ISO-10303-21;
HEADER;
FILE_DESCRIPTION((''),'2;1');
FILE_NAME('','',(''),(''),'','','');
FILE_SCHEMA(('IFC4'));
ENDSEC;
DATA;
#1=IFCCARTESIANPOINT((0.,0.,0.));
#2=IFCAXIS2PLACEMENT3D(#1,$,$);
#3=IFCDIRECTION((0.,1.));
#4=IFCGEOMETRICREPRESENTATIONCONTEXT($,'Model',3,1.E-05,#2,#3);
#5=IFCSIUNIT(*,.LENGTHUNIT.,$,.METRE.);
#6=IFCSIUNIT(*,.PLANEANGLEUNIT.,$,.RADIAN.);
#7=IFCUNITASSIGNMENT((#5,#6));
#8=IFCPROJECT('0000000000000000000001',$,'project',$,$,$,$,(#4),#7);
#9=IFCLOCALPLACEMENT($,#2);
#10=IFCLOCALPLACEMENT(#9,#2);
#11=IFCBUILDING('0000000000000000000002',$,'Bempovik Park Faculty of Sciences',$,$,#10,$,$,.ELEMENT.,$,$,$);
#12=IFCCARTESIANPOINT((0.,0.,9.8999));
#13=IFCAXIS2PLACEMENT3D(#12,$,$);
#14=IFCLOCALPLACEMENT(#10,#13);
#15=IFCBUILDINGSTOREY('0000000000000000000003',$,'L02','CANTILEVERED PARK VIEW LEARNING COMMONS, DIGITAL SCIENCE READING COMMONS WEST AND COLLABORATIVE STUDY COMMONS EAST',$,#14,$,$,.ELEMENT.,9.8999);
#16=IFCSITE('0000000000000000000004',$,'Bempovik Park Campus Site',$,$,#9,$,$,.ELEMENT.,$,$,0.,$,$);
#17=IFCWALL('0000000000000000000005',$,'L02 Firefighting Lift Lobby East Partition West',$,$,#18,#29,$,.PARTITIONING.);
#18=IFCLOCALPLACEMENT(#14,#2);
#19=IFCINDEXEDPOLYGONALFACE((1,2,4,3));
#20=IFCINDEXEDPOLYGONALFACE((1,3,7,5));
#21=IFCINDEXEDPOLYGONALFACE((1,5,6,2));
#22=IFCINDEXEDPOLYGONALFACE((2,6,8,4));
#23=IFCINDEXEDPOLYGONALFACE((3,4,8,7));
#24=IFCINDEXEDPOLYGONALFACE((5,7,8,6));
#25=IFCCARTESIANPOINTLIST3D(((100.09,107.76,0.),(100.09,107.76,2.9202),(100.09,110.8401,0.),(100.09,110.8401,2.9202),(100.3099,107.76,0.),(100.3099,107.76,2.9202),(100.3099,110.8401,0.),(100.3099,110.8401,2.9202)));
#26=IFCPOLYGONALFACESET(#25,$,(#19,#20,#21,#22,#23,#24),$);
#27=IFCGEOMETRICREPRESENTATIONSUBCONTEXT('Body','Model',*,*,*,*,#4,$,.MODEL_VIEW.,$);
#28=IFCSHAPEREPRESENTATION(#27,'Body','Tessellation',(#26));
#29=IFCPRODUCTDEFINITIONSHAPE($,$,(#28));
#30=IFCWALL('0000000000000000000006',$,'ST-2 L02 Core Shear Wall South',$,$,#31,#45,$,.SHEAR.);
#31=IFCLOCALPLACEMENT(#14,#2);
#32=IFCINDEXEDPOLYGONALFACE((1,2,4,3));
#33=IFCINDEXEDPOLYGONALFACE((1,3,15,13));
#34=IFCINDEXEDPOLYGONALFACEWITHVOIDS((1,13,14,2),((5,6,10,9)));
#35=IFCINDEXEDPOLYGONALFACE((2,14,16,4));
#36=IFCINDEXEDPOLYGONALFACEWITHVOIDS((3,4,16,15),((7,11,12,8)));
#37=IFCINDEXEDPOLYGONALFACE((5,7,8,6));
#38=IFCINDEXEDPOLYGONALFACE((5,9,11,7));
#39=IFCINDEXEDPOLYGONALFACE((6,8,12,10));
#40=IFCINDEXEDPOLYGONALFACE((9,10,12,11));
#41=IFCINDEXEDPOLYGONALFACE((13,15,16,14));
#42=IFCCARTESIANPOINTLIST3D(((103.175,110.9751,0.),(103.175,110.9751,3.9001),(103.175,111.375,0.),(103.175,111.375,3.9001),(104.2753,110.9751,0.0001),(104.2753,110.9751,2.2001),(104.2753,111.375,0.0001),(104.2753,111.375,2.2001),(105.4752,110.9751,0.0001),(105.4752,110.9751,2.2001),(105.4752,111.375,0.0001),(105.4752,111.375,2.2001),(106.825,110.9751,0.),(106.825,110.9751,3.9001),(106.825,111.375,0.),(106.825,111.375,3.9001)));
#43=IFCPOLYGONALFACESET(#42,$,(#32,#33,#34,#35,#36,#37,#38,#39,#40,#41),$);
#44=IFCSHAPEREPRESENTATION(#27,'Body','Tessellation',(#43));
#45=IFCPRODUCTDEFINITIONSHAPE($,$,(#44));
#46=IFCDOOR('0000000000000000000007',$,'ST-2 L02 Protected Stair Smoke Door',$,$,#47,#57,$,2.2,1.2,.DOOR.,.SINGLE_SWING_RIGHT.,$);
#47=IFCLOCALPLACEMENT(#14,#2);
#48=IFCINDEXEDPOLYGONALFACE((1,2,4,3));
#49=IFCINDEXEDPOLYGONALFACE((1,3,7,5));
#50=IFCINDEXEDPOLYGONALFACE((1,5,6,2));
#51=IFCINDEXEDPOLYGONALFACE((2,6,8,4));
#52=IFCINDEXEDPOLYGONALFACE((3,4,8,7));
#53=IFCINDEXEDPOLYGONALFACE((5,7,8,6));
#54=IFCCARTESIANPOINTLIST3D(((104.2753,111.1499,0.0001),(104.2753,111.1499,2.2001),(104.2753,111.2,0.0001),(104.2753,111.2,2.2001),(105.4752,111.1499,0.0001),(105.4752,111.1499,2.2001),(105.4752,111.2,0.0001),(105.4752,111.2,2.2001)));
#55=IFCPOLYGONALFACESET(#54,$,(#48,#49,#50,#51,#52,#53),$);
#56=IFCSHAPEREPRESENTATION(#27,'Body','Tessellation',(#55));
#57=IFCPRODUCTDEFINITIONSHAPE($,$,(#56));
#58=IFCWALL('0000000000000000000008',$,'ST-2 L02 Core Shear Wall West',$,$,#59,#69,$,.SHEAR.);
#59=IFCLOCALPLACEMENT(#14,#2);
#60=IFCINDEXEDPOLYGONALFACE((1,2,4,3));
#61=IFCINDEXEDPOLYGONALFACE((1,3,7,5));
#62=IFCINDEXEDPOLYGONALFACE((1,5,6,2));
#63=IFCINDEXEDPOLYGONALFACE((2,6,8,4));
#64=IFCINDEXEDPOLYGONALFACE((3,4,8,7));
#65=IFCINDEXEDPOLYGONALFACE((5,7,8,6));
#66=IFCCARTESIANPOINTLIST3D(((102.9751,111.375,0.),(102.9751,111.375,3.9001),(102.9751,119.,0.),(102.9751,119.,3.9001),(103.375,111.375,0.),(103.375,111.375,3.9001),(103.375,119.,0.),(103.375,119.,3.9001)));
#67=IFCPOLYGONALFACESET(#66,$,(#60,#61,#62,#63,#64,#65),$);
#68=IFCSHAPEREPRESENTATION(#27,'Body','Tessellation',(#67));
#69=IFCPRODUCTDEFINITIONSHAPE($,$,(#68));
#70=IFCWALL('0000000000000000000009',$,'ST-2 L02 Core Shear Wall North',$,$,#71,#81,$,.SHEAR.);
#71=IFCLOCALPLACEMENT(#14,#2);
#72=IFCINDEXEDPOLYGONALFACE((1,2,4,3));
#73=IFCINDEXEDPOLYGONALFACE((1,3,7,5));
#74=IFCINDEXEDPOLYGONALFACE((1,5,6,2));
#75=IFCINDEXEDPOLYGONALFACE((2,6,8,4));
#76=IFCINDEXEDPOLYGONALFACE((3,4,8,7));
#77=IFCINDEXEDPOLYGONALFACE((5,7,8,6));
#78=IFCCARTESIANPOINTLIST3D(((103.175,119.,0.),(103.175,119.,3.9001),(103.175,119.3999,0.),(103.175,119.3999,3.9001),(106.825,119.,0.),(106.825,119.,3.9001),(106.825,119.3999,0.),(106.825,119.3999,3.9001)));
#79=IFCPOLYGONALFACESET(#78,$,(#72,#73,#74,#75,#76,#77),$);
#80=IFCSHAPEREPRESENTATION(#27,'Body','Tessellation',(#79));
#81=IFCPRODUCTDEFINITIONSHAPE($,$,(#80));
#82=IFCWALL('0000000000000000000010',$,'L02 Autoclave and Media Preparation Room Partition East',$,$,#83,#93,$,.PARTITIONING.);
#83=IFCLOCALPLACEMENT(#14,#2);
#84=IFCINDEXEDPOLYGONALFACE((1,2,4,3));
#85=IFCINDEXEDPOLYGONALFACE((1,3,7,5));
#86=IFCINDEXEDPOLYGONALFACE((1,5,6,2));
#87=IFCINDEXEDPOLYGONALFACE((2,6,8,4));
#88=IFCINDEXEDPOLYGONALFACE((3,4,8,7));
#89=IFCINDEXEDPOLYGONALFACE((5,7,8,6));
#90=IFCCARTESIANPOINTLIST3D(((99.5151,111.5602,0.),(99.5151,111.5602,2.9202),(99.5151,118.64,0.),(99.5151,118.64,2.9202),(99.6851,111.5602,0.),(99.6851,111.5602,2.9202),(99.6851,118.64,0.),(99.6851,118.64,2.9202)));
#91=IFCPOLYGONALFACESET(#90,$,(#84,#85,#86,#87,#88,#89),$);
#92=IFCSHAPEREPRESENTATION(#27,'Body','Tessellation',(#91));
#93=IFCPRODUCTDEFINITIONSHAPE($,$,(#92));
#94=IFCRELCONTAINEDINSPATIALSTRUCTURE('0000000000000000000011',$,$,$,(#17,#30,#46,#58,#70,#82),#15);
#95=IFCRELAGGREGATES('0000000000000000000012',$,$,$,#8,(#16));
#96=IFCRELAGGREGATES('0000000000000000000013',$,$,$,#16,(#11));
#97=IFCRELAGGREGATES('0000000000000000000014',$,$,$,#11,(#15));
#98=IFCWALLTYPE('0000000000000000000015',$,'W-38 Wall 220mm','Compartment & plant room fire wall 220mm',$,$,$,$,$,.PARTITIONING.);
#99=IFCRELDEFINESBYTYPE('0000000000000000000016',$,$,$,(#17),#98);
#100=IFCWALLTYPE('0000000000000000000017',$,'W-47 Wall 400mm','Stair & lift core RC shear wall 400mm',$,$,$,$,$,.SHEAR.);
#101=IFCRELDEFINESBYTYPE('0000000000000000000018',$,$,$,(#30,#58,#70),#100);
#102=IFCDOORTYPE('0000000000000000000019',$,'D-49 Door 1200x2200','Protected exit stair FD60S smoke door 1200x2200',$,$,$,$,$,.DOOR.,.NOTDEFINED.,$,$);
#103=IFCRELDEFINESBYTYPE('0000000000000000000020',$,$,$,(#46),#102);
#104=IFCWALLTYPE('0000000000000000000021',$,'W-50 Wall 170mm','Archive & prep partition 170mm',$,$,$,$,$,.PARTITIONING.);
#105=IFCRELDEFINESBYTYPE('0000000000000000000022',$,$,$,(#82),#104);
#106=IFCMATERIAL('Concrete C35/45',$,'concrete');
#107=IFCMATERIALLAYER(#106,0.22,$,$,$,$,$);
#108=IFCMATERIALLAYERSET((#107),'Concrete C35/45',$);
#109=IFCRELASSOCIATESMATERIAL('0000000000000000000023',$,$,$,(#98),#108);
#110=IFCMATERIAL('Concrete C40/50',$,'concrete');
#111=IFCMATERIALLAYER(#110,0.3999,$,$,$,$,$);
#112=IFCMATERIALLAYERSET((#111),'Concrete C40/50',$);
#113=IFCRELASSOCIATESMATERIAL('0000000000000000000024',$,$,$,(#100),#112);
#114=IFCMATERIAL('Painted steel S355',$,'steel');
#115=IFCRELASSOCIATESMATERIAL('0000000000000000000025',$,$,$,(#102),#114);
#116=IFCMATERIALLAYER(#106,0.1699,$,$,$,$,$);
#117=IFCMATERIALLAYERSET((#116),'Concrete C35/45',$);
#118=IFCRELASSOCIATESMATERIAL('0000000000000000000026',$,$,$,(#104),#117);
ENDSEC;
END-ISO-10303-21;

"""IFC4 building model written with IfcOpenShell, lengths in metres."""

from ifc_helpers import new_model, si_unit, direction, frame, frame_2d, origin, place, context, subcontext, project, spatial, rectangle, extrude, material, layer, layer_set, type_object, element, fill, save


model = new_model("IFC4")

# Units and contexts
model_context = context("Model", 3, precision=1e-05, world=origin(), true_north=direction((0.0, 1.0)))
body_context = subcontext(model_context, "Body", "Model", "MODEL_VIEW")
ifc_project = project(units=[si_unit("LENGTHUNIT", "METRE"), si_unit("PLANEANGLEUNIT", "RADIAN")], contexts=[model_context])

# Site, building, storey
site_placement = place(None, origin())
site = spatial("IfcSite", under=ifc_project, at=site_placement, Name="Bempovik Park Campus Site", CompositionType="ELEMENT", RefElevation=0.0)
building_placement = place(site_placement, origin())
building = spatial("IfcBuilding", under=site, at=building_placement, Name="Bempovik Park Faculty of Sciences", CompositionType="ELEMENT")
storey_placement = place(building_placement, frame((0.0, 0.0, 9.8999)))
storey = spatial("IfcBuildingStorey", under=building, at=storey_placement, Name="L02", Description="CANTILEVERED PARK VIEW LEARNING COMMONS, DIGITAL SCIENCE READING COMMONS WEST AND COLLABORATIVE STUDY COMMONS EAST", CompositionType="ELEMENT", Elevation=9.8999)

# Shared definitions
ifc_material_1 = material(Name="Concrete C40/50", Category="concrete")

# Shared definitions
ifc_material_2 = material(Name="Concrete C35/45", Category="concrete")

# Shared definitions
ifc_material_3 = material(Name="Painted steel S355", Category="steel")

# Shared definitions
ifc_layer_1 = layer(ifc_material_2, 0.22)
ifc_layer_set_1 = layer_set([ifc_layer_1], Name="Concrete C35/45")
wall_type_1 = type_object("IfcWallType", Name="W-38 Wall 220mm", Description="Compartment & plant room fire wall 220mm", PredefinedType="PARTITIONING", material=ifc_layer_set_1)

# Wall
wall_1_placement = place(storey_placement, frame((100.2, 107.76, 0.0), z_axis=(0.0, 0.0, 1.0), x_axis=(0.0, 1.0, 0.0)))
element("IfcWall", 1, at=wall_1_placement, inside=storey, type_object=wall_type_1, Name="L02 Firefighting Lift Lobby East Partition West", PredefinedType="PARTITIONING", context=body_context, shape_type="SweptSolid", body=[
    extrude(rectangle(XDim=3.0801, YDim=0.22, at=frame_2d((1.54, 0.0))), origin(), (0.0, 0.0, 1.0), 2.9202),
])

# Wall, opening, door
ifc_layer_2 = layer(ifc_material_1, 0.3999)
ifc_layer_set_2 = layer_set([ifc_layer_2], Name="Concrete C40/50")
wall_type_2 = type_object("IfcWallType", Name="W-47 Wall 400mm", Description="Stair & lift core RC shear wall 400mm", PredefinedType="SHEAR", material=ifc_layer_set_2)
wall_2_placement = place(storey_placement, frame((103.175, 111.175, 0.0), z_axis=(0.0, 0.0, 1.0), x_axis=(1.0, 0.0, 0.0)))
wall_2 = element("IfcWall", 2, at=wall_2_placement, inside=storey, type_object=wall_type_2, Name="ST-2 L02 Core Shear Wall South", PredefinedType="SHEAR", context=body_context, shape_type="SweptSolid", body=[
    extrude(rectangle(XDim=3.6499, YDim=0.3999, at=frame_2d((1.825, 0.0))), origin(), (0.0, 0.0, 1.0), 3.9001),
])
opening_1_placement = place(wall_2_placement, frame((1.1001, 0.0, 0.0)))
opening_1 = element("IfcOpeningElement", 3, at=opening_1_placement, cuts=wall_2, PredefinedType="OPENING", context=body_context, shape_type="SweptSolid", body=[
    extrude(rectangle(XDim=1.2, YDim=2.2, at=frame_2d((0.6001, 1.1001))), frame((0.0, 0.21, 0.0), z_axis=(0.0, -1.0, 0.0), x_axis=(1.0, 0.0, 0.0)), (0.0, 0.0, 1.0), 0.4199),
])
door_type_1 = type_object("IfcDoorType", Name="D-49 Door 1200x2200", Description="Protected exit stair FD60S smoke door 1200x2200", OperationType="NOTDEFINED", PredefinedType="DOOR", material=ifc_material_3)
door_1_placement = place(opening_1_placement, origin())
door_1 = element("IfcDoor", 4, at=door_1_placement, inside=storey, type_object=door_type_1, Name="ST-2 L02 Protected Stair Smoke Door", OperationType="SINGLE_SWING_RIGHT", OverallHeight=2.2, OverallWidth=1.2, PredefinedType="DOOR", context=body_context, shape_type="SweptSolid", body=[
    extrude(rectangle(XDim=1.2, YDim=2.2, at=frame_2d((0.6001, 1.1001))), frame((0.0, 0.0249, 0.0), z_axis=(0.0, -1.0, 0.0), x_axis=(1.0, 0.0, 0.0)), (0.0, 0.0, 1.0), 0.05),
])
fill(opening_1, door_1)

# Walls
wall_3_placement = place(storey_placement, frame((103.175, 111.375, 0.0), z_axis=(0.0, 0.0, 1.0), x_axis=(0.0, 1.0, 0.0)))
element("IfcWall", 5, at=wall_3_placement, inside=storey, type_object=wall_type_2, Name="ST-2 L02 Core Shear Wall West", PredefinedType="SHEAR", context=body_context, shape_type="SweptSolid", body=[
    extrude(rectangle(XDim=7.625, YDim=0.3999, at=frame_2d((3.8125, 0.0))), origin(), (0.0, 0.0, 1.0), 3.9001),
])
wall_4_placement = place(storey_placement, frame((103.175, 119.2, 0.0), z_axis=(0.0, 0.0, 1.0), x_axis=(1.0, 0.0, 0.0)))
element("IfcWall", 6, at=wall_4_placement, inside=storey, type_object=wall_type_2, Name="ST-2 L02 Core Shear Wall North", PredefinedType="SHEAR", context=body_context, shape_type="SweptSolid", body=[
    extrude(rectangle(XDim=3.6499, YDim=0.3999, at=frame_2d((1.825, 0.0))), origin(), (0.0, 0.0, 1.0), 3.9001),
])
ifc_layer_3 = layer(ifc_material_2, 0.1699)
ifc_layer_set_3 = layer_set([ifc_layer_3], Name="Concrete C35/45")
wall_type_3 = type_object("IfcWallType", Name="W-50 Wall 170mm", Description="Archive & prep partition 170mm", PredefinedType="PARTITIONING", material=ifc_layer_set_3)
wall_5_placement = place(storey_placement, frame((99.6001, 111.5601, 0.0), z_axis=(0.0, 0.0, 1.0), x_axis=(0.0, 1.0, 0.0)))
element("IfcWall", 7, at=wall_5_placement, inside=storey, type_object=wall_type_3, Name="L02 Autoclave and Media Preparation Room Partition East", PredefinedType="PARTITIONING", context=body_context, shape_type="SweptSolid", body=[
    extrude(rectangle(XDim=7.0798, YDim=0.1699, at=frame_2d((3.54, 0.0))), origin(), (0.0, 0.0, 1.0), 2.9202),
])

save(model, "model.ifc")
